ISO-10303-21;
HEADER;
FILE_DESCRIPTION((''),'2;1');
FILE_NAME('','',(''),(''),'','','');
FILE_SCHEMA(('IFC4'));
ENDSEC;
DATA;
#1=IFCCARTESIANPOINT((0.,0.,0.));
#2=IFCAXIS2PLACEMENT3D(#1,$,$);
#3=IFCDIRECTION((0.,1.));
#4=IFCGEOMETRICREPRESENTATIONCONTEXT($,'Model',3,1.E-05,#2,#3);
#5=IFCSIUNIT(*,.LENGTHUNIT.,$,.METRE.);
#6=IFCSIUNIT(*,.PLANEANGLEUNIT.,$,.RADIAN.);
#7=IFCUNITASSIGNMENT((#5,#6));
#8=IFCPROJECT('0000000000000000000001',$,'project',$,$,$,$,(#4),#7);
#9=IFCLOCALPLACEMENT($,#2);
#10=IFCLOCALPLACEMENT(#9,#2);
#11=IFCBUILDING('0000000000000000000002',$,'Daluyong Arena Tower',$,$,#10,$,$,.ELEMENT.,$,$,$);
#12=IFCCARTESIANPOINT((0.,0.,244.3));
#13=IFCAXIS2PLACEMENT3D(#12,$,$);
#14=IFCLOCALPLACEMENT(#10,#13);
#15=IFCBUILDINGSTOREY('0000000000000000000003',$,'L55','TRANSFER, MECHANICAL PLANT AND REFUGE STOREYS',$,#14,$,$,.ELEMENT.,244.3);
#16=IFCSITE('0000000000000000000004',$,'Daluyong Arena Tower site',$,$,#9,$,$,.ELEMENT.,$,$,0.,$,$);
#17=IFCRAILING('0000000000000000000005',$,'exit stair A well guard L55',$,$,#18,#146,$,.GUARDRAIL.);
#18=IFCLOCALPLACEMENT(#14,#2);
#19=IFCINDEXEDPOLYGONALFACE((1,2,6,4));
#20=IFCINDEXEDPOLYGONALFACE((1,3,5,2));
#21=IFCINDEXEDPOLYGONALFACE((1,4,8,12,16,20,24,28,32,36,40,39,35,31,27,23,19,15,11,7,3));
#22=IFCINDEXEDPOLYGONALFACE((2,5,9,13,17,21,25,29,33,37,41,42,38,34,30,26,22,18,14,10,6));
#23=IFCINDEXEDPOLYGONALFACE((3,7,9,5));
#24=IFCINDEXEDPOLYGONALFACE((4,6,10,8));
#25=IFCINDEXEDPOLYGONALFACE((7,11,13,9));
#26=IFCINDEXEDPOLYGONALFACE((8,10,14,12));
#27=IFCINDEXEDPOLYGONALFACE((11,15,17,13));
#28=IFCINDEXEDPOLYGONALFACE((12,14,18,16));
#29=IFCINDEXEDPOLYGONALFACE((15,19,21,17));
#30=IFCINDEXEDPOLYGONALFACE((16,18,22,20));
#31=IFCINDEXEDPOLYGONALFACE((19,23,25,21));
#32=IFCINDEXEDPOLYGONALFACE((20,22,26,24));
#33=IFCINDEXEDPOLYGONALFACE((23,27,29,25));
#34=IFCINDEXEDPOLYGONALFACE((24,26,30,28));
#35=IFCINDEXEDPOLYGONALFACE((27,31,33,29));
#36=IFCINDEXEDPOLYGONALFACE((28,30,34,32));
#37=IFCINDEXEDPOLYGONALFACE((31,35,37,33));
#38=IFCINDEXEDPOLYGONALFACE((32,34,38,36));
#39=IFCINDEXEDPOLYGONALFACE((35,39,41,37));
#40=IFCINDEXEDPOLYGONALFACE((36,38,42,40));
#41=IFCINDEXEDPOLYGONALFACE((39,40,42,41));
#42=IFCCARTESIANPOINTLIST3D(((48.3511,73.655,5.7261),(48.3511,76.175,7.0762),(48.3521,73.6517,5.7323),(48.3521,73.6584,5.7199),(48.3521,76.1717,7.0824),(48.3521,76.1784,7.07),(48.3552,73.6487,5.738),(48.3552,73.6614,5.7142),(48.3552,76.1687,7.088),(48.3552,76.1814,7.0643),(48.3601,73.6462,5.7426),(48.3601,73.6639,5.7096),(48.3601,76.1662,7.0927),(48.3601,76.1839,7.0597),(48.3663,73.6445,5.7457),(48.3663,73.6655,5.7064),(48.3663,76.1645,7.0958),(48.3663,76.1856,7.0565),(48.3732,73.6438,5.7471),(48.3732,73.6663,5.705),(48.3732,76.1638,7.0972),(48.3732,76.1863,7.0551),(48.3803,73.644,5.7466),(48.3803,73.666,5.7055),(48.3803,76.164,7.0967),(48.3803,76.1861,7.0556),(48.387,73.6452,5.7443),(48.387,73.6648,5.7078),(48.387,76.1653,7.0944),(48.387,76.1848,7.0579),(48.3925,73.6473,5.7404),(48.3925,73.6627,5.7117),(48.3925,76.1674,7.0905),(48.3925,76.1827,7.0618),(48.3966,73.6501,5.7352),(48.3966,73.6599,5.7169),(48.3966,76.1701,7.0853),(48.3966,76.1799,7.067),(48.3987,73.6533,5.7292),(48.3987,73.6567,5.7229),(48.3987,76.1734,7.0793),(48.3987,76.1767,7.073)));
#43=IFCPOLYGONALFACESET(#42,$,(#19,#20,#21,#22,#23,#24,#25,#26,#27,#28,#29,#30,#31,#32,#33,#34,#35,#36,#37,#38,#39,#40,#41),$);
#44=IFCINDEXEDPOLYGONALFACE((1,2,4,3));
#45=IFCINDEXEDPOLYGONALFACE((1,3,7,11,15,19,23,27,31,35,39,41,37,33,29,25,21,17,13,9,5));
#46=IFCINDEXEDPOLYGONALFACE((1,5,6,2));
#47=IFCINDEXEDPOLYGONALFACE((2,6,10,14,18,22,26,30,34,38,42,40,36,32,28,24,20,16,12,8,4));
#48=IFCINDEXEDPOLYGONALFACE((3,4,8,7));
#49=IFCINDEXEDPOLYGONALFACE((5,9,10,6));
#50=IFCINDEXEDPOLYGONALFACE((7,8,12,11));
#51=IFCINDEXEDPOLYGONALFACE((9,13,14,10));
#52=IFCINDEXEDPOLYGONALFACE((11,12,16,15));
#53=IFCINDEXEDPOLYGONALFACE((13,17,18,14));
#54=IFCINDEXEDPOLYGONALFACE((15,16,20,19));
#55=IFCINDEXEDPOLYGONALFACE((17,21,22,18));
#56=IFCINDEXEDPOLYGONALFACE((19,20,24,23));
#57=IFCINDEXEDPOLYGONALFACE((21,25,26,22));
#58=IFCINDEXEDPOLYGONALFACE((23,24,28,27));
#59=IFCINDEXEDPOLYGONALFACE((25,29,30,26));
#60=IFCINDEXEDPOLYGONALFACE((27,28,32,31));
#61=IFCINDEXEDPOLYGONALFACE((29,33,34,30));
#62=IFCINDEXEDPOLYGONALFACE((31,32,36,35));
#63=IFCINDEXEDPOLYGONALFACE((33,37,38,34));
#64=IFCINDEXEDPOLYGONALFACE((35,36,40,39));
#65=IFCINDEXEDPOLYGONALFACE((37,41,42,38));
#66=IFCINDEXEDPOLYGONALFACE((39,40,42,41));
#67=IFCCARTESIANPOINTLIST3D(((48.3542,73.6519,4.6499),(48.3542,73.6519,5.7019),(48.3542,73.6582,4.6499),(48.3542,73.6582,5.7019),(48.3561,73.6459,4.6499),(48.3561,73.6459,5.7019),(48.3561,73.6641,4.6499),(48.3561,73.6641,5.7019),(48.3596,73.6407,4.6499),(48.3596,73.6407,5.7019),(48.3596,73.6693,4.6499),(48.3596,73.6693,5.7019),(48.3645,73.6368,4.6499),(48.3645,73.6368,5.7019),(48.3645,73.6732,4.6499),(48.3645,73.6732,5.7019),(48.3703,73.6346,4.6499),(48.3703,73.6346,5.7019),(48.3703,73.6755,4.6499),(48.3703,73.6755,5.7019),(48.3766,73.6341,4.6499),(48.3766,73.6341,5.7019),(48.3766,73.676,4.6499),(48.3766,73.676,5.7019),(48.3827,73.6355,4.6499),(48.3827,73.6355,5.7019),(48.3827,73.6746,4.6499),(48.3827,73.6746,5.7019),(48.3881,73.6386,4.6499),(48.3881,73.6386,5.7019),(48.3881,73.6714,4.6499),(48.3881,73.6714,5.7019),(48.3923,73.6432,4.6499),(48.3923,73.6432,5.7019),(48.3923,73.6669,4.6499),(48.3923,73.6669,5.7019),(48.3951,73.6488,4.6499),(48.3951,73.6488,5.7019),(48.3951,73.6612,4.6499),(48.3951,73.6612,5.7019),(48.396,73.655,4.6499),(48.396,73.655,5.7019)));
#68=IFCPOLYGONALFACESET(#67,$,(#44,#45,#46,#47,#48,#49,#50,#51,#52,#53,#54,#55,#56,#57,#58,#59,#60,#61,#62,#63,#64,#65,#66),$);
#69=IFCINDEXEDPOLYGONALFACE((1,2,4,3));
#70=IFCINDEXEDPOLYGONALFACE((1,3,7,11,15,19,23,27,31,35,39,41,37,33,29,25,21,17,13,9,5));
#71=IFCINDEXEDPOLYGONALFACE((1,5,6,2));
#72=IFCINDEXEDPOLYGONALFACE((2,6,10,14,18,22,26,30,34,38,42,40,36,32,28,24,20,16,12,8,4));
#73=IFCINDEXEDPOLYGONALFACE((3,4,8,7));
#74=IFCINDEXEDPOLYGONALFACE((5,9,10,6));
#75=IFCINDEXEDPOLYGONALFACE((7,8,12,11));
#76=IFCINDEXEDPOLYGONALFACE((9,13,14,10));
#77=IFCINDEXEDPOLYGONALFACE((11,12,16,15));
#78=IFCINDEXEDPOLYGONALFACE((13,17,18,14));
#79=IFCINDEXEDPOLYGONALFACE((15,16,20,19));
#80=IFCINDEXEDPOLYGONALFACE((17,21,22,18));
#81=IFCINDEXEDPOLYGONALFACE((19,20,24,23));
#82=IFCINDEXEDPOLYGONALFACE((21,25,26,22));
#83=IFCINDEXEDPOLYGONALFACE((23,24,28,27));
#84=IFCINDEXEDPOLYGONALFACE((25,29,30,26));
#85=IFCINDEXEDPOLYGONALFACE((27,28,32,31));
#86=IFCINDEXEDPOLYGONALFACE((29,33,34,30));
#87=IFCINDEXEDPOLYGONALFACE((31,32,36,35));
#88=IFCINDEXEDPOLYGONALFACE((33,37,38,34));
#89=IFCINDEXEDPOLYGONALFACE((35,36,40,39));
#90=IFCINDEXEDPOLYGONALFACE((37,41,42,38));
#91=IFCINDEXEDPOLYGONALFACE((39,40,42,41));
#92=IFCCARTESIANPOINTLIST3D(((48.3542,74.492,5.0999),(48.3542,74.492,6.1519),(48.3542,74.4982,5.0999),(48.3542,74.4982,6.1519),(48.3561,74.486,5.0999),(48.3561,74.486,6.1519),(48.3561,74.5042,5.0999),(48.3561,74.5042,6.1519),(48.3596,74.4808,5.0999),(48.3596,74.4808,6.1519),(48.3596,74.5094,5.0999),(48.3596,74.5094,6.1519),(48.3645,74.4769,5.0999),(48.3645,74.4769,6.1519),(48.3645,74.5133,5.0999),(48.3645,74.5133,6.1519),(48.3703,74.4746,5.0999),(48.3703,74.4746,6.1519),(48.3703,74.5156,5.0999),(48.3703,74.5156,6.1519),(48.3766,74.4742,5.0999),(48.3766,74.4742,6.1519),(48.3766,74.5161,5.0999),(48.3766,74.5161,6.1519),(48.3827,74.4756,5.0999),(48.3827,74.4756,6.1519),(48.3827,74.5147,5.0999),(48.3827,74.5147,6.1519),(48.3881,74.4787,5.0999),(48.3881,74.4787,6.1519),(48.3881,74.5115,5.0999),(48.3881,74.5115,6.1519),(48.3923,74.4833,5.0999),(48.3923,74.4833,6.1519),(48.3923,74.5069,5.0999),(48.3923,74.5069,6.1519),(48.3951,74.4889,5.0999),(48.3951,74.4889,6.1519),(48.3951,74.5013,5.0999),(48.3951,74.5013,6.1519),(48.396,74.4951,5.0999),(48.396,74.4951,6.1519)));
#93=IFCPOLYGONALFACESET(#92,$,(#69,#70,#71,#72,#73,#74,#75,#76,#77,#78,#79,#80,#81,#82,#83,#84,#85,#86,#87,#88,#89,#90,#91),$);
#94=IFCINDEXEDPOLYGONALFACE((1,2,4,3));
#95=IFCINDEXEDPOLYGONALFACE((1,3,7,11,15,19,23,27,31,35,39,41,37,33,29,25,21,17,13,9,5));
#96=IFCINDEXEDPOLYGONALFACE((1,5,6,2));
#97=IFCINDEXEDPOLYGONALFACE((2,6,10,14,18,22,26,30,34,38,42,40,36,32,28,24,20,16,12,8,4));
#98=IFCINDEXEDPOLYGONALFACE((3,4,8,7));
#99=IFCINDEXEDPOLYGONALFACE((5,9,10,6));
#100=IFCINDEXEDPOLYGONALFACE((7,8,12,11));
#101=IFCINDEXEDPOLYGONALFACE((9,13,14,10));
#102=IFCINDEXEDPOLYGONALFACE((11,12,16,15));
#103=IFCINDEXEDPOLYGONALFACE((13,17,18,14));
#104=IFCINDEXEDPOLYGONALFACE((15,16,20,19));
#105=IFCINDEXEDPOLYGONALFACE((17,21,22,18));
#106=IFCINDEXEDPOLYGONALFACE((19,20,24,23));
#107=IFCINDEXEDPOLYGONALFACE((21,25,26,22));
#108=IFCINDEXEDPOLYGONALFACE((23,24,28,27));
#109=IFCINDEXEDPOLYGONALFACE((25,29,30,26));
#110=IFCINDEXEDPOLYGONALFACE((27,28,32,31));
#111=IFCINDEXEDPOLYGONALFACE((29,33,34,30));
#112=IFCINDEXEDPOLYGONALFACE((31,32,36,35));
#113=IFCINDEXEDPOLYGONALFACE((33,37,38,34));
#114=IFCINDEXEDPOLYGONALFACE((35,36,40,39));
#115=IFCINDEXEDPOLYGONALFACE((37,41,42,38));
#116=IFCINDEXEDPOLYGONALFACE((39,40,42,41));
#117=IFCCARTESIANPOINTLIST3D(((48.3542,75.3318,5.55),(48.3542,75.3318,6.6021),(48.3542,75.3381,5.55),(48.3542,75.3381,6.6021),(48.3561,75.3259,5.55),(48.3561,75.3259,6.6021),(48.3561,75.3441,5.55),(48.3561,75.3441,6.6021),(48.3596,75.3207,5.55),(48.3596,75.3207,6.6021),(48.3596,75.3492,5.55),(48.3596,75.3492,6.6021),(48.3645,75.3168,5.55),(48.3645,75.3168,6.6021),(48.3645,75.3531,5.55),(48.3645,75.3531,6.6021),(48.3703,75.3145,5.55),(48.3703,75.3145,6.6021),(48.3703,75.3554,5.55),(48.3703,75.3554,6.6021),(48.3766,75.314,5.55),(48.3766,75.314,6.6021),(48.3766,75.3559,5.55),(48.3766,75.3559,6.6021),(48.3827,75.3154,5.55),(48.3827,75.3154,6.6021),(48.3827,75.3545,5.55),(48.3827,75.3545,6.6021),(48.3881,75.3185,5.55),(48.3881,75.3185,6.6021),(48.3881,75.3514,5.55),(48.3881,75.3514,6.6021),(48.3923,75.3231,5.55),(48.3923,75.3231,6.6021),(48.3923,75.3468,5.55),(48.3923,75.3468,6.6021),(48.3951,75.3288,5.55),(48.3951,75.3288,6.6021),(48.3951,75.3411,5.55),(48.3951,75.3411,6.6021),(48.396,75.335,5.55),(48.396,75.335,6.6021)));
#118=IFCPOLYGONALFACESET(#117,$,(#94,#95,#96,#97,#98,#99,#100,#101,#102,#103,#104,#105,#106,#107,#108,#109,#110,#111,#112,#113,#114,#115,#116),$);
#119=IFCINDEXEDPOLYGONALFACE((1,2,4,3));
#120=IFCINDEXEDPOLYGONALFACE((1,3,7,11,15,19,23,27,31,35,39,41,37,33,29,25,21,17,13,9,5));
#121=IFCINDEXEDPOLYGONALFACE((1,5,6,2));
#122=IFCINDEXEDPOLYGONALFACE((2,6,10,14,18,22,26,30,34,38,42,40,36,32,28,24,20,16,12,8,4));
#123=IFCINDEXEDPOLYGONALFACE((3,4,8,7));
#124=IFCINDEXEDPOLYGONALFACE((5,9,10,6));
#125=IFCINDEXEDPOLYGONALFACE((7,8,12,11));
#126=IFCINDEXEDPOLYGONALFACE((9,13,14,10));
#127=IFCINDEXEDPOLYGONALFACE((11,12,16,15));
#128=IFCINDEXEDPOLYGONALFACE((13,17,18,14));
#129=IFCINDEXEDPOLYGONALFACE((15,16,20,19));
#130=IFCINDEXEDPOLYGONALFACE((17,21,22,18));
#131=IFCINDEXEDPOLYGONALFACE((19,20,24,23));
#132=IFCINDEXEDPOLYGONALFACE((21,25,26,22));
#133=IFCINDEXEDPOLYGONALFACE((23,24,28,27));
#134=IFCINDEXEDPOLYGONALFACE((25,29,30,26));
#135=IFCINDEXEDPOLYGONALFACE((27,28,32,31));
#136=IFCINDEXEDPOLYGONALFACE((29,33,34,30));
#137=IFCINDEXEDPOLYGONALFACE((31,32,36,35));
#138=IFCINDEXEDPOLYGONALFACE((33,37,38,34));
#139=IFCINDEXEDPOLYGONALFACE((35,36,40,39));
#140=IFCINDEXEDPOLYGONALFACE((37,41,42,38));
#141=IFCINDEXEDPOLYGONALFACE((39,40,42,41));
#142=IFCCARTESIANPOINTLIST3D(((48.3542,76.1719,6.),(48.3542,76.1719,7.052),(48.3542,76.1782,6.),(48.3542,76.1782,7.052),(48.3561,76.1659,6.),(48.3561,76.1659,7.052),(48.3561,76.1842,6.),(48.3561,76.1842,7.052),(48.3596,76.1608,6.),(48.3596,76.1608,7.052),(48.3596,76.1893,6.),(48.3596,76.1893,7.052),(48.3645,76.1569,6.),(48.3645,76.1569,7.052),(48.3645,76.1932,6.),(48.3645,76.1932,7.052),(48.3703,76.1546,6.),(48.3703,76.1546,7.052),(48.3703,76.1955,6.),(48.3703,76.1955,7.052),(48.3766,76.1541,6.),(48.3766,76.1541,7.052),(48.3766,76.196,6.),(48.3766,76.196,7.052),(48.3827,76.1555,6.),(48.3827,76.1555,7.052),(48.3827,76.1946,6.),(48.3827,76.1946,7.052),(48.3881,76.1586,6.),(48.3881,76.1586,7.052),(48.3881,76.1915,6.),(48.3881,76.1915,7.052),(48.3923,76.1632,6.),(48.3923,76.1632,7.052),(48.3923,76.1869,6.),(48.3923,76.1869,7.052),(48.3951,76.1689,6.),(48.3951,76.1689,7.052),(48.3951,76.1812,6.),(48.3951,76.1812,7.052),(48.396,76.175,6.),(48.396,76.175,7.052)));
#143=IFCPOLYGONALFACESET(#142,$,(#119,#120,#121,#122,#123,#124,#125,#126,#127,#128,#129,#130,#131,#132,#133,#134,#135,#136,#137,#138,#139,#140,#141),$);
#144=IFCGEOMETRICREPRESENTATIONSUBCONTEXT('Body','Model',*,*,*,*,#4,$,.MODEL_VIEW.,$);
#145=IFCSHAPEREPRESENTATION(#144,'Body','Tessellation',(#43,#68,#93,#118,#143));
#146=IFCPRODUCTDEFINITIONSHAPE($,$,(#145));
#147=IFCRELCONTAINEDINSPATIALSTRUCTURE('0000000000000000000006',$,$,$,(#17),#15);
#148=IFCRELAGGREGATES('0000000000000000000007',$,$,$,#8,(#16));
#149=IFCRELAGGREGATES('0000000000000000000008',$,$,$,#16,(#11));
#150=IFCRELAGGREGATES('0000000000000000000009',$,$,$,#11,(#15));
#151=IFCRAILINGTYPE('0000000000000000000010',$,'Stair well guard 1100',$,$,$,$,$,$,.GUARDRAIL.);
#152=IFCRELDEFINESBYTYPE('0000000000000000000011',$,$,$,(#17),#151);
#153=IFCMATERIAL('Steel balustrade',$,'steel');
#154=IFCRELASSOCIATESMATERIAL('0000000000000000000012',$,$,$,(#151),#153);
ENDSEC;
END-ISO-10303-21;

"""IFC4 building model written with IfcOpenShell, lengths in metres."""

from ifc_helpers import new_model, si_unit, direction, frame, origin, origin_2d, place, context, subcontext, project, spatial, circle, extrude, material, type_object, element, save


model = new_model("IFC4")

# Units and contexts
model_context = context("Model", 3, precision=1e-05, world=origin(), true_north=direction((0.0, 1.0)))
body_context = subcontext(model_context, "Body", "Model", "MODEL_VIEW")
ifc_project = project(units=[si_unit("LENGTHUNIT", "METRE"), si_unit("PLANEANGLEUNIT", "RADIAN")], contexts=[model_context])

# Site, building, storey
site_placement = place(None, origin())
site = spatial("IfcSite", under=ifc_project, at=site_placement, Name="Daluyong Arena Tower site", CompositionType="ELEMENT", RefElevation=0.0)
building_placement = place(site_placement, origin())
building = spatial("IfcBuilding", under=site, at=building_placement, Name="Daluyong Arena Tower", CompositionType="ELEMENT")
storey_placement = place(building_placement, frame((0.0, 0.0, 244.3)))
storey = spatial("IfcBuildingStorey", under=building, at=storey_placement, Name="L55", Description="TRANSFER, MECHANICAL PLANT AND REFUGE STOREYS", CompositionType="ELEMENT", Elevation=244.3)

# Railing
ifc_material_1 = material(Name="Steel balustrade", Category="steel")
railing_type_1 = type_object("IfcRailingType", Name="Stair well guard 1100", PredefinedType="GUARDRAIL", material=ifc_material_1)
railing_1_placement = place(storey_placement, frame((48.375, 73.655, 4.6499)))
element("IfcRailing", 1, at=railing_1_placement, inside=storey, type_object=railing_type_1, Name="exit stair A well guard L55", PredefinedType="GUARDRAIL", context=body_context, shape_type="SweptSolid", body=[
    extrude(circle(Radius=0.0239, at=origin_2d()), frame((0.0, 0.0, 1.0762), z_axis=(0.0, 0.881467, 0.472245), x_axis=(-1.0, 0.0, 0.0)), (0.0, 0.0, 1.0), 2.8589),
    extrude(circle(Radius=0.021, at=origin_2d()), origin(), (0.0, 0.0, 1.0), 1.052),
    extrude(circle(Radius=0.021, at=origin_2d()), frame((0.0, 0.8401, 0.45)), (0.0, 0.0, 1.0), 1.052),
    extrude(circle(Radius=0.021, at=origin_2d()), frame((0.0, 1.6799, 0.9001)), (0.0, 0.0, 1.0), 1.052),
    extrude(circle(Radius=0.021, at=origin_2d()), frame((0.0, 2.52, 1.3501)), (0.0, 0.0, 1.0), 1.052),
])

save(model, "model.ifc")
